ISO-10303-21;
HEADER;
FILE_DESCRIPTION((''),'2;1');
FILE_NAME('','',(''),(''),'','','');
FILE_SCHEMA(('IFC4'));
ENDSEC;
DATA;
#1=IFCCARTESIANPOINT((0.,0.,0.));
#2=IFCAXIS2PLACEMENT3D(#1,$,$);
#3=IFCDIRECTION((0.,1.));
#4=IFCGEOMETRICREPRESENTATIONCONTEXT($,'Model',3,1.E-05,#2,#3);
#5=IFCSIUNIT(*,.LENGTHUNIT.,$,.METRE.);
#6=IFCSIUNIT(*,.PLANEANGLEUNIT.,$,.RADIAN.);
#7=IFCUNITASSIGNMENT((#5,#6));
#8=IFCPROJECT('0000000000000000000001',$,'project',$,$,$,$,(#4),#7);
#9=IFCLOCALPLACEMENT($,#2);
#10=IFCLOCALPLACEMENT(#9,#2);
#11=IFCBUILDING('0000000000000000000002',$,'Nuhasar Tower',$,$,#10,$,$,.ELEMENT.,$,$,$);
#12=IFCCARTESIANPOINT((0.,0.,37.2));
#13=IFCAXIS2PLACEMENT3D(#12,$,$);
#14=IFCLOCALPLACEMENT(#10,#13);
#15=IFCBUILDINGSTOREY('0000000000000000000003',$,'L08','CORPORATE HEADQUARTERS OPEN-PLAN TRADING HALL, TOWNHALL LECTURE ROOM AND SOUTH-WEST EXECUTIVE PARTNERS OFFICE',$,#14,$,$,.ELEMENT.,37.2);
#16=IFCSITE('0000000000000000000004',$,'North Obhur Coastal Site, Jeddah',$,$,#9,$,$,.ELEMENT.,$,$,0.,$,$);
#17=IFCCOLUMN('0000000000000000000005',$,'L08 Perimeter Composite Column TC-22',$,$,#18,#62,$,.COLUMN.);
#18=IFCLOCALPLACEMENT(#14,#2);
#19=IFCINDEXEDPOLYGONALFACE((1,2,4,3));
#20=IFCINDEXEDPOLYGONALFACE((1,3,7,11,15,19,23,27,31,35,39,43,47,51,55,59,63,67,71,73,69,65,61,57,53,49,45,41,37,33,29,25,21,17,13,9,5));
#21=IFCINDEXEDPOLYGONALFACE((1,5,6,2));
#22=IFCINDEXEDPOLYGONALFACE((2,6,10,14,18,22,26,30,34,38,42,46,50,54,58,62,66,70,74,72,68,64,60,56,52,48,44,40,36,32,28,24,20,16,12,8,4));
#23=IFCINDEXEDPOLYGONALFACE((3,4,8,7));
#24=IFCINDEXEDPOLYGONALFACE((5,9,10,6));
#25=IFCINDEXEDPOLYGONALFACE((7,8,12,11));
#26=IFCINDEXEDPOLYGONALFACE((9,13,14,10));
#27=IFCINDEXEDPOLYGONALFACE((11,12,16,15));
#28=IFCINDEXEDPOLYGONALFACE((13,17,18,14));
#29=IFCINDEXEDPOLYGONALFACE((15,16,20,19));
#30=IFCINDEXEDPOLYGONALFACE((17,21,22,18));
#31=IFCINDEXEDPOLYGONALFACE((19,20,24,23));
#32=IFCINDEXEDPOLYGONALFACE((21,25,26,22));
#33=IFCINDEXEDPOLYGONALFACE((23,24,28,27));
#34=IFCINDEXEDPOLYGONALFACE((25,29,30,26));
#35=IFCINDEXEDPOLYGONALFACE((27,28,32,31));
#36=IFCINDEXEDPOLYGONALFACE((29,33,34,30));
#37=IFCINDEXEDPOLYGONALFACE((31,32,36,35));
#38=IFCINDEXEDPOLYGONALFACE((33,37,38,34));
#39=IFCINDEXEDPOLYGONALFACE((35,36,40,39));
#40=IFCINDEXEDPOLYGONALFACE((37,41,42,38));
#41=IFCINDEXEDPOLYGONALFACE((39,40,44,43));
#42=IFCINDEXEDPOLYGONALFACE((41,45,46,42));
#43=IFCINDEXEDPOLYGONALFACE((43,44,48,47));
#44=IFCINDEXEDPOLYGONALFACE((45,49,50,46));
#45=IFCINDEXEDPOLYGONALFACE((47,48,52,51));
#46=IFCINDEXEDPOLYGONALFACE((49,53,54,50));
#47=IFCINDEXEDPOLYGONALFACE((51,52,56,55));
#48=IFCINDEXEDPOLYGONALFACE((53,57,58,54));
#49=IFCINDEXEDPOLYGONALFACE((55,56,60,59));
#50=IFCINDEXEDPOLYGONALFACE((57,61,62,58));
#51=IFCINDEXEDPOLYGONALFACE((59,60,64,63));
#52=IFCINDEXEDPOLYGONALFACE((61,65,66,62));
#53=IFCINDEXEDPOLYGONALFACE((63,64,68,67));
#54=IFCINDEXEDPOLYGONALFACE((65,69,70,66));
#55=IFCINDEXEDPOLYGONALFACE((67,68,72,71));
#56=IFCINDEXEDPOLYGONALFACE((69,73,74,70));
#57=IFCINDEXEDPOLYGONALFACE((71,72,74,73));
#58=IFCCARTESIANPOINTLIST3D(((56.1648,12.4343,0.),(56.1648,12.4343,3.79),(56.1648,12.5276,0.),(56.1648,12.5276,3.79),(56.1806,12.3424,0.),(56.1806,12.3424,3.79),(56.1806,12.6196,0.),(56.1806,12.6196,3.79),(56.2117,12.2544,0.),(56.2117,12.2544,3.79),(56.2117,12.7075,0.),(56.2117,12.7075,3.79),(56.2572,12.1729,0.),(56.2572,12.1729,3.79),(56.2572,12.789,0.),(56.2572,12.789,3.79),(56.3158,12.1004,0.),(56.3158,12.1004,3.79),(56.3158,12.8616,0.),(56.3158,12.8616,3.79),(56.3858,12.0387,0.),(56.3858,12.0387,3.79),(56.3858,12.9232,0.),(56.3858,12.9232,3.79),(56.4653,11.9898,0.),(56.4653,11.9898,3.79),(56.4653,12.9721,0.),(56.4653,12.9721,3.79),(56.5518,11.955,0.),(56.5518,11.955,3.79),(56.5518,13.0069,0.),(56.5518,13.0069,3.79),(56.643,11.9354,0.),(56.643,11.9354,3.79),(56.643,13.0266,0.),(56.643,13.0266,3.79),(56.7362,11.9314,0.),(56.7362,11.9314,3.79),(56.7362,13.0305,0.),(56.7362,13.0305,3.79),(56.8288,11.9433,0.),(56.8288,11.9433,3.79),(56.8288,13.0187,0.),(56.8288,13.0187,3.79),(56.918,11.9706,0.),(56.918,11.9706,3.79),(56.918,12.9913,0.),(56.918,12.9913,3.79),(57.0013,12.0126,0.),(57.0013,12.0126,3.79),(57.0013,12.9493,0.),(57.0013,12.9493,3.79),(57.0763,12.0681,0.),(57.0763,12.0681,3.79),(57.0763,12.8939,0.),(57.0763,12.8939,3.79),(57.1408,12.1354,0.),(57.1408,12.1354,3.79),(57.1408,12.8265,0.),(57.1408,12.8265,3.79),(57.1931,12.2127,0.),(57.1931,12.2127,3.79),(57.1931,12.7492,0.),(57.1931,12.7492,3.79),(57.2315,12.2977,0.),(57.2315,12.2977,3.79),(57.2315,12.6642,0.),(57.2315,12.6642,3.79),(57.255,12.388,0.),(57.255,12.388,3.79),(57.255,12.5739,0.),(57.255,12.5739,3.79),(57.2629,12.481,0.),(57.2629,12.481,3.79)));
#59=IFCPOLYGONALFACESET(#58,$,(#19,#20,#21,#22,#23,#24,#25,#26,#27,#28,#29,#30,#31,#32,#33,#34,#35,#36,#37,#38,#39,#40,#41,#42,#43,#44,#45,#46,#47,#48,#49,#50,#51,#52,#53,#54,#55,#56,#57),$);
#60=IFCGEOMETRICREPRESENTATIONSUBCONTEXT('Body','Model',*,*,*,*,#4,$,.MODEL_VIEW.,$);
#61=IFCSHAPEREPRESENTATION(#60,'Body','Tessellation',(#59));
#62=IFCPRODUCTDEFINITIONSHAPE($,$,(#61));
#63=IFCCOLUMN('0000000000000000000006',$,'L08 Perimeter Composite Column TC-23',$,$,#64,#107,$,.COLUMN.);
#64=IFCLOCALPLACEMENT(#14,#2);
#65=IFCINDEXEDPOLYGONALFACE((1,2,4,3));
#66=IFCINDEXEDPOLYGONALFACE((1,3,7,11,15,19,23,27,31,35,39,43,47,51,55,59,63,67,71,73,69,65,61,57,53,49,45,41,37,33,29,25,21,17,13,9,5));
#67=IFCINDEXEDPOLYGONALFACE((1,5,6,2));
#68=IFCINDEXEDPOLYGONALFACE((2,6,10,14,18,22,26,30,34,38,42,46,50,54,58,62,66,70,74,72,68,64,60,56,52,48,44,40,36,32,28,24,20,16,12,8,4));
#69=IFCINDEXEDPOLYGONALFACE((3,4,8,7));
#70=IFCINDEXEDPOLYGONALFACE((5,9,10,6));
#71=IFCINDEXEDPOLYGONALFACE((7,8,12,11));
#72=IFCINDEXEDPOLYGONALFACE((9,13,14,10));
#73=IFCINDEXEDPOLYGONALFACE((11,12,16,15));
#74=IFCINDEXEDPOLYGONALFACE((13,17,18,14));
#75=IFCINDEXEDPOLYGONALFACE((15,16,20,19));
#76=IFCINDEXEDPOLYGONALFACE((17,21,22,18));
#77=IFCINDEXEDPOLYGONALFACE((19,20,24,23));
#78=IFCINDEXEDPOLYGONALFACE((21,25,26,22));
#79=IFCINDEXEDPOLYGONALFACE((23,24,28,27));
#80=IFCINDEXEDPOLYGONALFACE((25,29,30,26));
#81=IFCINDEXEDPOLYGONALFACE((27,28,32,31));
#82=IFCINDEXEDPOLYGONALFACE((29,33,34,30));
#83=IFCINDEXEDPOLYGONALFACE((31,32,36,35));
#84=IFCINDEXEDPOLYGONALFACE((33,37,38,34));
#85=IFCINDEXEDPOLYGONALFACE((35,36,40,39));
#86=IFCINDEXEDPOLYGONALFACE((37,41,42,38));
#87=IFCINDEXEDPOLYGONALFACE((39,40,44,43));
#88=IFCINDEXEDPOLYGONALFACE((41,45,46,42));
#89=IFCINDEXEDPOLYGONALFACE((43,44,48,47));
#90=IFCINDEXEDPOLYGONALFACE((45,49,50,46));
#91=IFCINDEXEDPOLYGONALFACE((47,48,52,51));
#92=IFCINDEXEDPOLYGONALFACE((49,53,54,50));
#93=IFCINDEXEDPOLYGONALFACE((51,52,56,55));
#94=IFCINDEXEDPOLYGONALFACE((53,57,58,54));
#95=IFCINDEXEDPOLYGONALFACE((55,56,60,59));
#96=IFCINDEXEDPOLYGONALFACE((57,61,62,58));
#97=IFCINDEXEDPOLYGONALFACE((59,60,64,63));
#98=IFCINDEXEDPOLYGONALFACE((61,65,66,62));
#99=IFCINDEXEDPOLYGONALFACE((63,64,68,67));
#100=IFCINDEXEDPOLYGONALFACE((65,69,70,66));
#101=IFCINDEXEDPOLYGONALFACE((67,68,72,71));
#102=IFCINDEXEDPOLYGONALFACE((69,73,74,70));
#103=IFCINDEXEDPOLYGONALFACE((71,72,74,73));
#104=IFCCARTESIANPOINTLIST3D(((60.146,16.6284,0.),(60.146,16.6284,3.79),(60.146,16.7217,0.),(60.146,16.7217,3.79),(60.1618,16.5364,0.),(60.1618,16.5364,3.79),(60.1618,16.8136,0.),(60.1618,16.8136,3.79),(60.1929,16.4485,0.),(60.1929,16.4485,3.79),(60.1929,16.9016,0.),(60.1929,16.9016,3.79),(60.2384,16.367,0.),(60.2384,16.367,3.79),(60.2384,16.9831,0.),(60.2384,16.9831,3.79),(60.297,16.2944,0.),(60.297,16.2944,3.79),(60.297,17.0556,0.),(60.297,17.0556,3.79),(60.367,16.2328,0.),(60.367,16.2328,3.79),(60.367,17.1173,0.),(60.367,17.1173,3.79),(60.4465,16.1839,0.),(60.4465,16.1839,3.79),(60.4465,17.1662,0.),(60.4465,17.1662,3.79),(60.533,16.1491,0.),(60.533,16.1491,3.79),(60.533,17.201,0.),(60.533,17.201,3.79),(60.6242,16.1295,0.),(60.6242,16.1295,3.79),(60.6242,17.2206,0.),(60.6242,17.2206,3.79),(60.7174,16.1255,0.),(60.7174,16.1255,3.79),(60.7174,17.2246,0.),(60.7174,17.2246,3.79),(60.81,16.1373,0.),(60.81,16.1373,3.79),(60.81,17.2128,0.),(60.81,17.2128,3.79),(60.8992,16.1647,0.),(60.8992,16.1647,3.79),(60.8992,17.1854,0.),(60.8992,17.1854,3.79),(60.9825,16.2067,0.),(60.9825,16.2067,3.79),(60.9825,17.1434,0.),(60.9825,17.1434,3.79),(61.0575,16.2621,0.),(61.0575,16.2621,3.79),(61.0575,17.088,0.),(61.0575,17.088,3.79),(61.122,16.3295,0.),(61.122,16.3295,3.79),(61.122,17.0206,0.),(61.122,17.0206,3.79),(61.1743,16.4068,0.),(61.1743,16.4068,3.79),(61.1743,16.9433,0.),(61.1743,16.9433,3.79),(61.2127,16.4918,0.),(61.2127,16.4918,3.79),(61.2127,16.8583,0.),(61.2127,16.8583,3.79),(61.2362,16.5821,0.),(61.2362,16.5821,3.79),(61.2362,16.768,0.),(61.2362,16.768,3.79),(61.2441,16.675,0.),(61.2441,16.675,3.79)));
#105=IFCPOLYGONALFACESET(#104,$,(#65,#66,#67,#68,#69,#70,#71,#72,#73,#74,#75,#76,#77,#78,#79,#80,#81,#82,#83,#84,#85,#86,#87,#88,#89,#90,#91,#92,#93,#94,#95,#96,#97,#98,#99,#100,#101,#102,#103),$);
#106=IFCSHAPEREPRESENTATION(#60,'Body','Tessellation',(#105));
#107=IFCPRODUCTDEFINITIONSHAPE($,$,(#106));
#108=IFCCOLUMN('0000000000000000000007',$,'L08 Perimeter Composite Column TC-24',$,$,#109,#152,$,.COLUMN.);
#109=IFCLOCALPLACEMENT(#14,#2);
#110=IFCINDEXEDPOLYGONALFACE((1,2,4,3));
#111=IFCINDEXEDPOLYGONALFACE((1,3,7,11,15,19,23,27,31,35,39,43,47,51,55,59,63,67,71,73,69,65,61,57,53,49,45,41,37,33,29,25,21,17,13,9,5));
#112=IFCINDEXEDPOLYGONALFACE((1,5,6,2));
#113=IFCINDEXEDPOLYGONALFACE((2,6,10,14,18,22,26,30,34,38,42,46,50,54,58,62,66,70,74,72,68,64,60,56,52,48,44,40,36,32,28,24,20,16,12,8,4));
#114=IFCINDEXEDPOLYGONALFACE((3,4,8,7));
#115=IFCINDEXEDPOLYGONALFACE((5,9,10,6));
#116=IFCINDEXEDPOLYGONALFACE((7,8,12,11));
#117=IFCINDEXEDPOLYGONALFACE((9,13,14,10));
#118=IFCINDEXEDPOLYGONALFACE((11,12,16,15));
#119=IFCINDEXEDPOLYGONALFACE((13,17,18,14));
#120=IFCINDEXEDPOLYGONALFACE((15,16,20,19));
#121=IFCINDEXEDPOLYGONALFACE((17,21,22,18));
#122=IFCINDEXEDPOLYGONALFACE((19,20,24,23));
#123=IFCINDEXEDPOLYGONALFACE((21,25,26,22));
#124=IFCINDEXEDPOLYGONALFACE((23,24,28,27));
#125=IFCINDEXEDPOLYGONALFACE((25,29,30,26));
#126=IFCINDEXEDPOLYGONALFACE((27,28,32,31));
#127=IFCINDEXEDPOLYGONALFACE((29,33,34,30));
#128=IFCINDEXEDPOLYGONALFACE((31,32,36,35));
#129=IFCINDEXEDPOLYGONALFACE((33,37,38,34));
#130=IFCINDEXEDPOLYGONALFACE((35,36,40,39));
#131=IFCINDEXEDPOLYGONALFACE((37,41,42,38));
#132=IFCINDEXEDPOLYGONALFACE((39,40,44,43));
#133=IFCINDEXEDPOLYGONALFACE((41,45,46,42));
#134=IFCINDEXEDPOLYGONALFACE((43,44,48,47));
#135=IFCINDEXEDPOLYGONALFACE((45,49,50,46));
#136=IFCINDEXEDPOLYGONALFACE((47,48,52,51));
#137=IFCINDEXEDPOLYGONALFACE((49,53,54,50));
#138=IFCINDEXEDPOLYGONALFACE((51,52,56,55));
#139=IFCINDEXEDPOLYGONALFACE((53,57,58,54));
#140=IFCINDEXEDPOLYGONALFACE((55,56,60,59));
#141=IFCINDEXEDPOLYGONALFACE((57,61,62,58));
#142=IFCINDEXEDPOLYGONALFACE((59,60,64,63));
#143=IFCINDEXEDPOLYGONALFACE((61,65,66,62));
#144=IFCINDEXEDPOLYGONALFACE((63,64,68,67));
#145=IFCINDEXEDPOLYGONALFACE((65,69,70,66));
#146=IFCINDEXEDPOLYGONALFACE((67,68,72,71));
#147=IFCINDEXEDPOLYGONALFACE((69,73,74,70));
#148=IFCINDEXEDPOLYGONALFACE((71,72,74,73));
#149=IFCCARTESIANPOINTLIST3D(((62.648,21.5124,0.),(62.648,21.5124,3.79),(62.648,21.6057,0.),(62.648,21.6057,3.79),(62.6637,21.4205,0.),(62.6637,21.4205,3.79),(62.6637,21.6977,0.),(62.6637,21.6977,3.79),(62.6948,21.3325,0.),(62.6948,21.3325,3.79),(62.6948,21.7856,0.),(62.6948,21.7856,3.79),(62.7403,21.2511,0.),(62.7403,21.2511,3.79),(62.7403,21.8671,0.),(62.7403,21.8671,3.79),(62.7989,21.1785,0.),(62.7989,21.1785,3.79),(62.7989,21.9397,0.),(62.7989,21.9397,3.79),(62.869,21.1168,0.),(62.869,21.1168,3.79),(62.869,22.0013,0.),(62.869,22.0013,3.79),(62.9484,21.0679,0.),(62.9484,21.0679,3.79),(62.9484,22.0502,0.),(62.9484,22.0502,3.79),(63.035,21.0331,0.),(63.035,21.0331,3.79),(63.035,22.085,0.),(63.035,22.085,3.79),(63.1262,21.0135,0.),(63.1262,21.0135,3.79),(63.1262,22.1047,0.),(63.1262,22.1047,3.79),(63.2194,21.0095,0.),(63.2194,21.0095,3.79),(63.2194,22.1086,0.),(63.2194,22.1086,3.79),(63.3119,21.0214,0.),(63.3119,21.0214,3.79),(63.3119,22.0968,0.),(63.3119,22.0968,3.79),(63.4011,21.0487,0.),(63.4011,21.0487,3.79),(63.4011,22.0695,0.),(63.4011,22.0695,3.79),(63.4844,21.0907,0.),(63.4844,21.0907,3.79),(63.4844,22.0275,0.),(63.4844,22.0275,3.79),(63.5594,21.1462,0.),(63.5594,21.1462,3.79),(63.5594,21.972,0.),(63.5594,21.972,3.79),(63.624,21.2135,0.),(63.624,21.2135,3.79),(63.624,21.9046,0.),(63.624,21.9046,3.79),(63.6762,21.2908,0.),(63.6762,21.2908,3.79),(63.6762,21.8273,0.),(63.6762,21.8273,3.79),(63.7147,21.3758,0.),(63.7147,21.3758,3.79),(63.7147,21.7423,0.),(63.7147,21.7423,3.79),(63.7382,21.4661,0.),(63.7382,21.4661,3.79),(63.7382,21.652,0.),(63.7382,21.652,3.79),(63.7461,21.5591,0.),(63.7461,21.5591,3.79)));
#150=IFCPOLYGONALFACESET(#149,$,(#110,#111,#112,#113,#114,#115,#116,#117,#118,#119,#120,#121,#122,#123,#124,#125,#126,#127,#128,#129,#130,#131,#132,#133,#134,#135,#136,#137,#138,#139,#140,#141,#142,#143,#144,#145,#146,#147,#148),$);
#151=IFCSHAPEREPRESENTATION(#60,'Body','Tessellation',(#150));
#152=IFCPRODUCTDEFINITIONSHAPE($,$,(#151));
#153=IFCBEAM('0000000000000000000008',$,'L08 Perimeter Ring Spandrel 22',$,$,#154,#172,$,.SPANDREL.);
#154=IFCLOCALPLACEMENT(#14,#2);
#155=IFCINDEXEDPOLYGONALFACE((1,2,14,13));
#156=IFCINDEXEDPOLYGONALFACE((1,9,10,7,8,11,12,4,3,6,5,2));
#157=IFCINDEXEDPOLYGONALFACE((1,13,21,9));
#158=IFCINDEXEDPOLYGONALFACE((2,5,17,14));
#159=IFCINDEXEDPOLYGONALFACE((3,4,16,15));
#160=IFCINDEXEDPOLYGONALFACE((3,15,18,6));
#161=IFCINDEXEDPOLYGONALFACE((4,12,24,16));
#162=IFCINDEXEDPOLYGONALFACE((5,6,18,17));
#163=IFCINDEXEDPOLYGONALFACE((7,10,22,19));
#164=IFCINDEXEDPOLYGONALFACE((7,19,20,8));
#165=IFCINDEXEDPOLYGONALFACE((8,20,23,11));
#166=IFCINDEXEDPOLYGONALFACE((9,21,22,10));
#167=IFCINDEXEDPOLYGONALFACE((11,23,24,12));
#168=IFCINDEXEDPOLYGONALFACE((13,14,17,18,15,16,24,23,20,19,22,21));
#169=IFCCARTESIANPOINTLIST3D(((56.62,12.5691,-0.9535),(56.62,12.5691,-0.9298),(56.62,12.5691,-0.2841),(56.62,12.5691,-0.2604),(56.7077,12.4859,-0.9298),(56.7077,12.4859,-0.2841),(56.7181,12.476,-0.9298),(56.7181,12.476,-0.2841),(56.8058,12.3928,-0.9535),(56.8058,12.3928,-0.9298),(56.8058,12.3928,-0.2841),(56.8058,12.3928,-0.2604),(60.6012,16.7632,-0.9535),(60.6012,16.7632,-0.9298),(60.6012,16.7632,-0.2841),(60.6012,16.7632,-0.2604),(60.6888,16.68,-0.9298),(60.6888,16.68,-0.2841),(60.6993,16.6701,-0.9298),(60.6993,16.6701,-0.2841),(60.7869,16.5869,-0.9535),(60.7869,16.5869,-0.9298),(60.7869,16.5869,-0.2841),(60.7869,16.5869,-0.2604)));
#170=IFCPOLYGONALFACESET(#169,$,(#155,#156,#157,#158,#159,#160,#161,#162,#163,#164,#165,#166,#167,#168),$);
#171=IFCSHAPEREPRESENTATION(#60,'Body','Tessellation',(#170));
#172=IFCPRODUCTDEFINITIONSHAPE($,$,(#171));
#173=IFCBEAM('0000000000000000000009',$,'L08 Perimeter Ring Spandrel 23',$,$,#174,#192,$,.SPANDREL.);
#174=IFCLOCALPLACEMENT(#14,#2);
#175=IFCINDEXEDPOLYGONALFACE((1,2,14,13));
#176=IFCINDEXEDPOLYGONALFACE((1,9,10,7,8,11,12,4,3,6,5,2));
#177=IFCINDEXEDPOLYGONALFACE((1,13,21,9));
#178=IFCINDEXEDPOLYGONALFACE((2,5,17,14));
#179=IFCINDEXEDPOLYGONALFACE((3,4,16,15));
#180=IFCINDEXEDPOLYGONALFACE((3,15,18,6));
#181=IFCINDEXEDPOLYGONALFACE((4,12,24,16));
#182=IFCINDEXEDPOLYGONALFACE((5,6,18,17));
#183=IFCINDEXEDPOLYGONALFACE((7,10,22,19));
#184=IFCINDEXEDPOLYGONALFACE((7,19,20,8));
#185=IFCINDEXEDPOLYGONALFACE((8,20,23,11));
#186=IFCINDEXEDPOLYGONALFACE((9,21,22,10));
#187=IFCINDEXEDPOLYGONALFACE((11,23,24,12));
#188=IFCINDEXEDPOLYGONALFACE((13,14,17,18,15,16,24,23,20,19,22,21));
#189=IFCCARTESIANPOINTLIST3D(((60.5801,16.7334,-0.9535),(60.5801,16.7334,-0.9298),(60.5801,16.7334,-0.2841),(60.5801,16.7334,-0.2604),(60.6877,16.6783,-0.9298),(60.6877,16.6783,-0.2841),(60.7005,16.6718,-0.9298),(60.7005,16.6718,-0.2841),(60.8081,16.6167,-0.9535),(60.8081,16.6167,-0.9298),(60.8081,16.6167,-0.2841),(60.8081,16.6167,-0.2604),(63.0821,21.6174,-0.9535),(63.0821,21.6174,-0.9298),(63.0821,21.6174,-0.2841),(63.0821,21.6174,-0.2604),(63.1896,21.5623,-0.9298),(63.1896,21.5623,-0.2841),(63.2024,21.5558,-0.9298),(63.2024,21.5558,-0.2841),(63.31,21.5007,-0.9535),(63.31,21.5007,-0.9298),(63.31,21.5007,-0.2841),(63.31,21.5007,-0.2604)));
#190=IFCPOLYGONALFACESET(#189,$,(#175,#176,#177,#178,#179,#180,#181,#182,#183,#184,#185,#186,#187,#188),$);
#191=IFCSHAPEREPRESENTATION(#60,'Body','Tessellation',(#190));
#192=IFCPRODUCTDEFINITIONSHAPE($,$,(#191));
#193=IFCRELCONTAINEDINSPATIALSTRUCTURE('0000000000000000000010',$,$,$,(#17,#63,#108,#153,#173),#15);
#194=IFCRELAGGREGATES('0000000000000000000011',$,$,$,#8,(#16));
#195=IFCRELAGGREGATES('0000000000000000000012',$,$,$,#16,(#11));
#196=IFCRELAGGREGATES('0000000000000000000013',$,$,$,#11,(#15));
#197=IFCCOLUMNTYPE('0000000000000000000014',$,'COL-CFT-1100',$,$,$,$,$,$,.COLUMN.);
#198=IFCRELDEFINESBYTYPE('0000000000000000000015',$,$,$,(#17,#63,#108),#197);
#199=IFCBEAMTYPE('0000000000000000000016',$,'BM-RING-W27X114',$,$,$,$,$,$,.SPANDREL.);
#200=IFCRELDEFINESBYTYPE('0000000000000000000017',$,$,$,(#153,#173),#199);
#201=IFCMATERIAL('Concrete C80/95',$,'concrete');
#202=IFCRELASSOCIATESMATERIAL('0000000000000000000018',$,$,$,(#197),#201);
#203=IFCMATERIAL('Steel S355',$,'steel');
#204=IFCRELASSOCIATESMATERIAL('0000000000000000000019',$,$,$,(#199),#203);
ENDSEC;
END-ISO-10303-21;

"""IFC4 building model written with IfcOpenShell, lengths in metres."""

from ifc_helpers import new_model, si_unit, direction, frame, origin, origin_2d, place, context, subcontext, project, spatial, circle, i_section, extrude, material, material_profile, profile_set, type_object, element, save


model = new_model("IFC4")

# Units and contexts
model_context = context("Model", 3, precision=1e-05, world=origin(), true_north=direction((0.0, 1.0)))
body_context = subcontext(model_context, "Body", "Model", "MODEL_VIEW")
ifc_project = project(units=[si_unit("LENGTHUNIT", "METRE"), si_unit("PLANEANGLEUNIT", "RADIAN")], contexts=[model_context])

# Site, building, storey
site_placement = place(None, origin())
site = spatial("IfcSite", under=ifc_project, at=site_placement, Name="North Obhur Coastal Site, Jeddah", CompositionType="ELEMENT", RefElevation=0.0)
building_placement = place(site_placement, origin())
building = spatial("IfcBuilding", under=site, at=building_placement, Name="Nuhasar Tower", CompositionType="ELEMENT")
storey_placement = place(building_placement, frame((0.0, 0.0, 37.2)))
storey = spatial("IfcBuildingStorey", under=building, at=storey_placement, Name="L08", Description="CORPORATE HEADQUARTERS OPEN-PLAN TRADING HALL, TOWNHALL LECTURE ROOM AND SOUTH-WEST EXECUTIVE PARTNERS OFFICE", CompositionType="ELEMENT", Elevation=37.2)

# Columns
ifc_material_1 = material(Name="Concrete C80/95", Category="concrete")
ifc_material_profile_1 = material_profile(ifc_material_1, circle(Radius=0.55, at=origin_2d()), Name="CFT1100")
ifc_profile_set_1 = profile_set([ifc_material_profile_1], Name="Concrete C80/95")
column_type = type_object("IfcColumnType", Name="COL-CFT-1100", PredefinedType="COLUMN", material=ifc_profile_set_1)
for number, where, z_axis, x_axis, name in (
    (1, (56.7129, 12.481, 0.0), (0.0, 0.0, 1.0), (1.0, 0.0, 0.0), "L08 Perimeter Composite Column TC-22"),
    (2, (60.6941, 16.675, 0.0), (0.0, 0.0, 1.0), (1.0, 0.0, 0.0), "L08 Perimeter Composite Column TC-23"),
    (3, (63.196, 21.5591, 0.0), (0.0, 0.0, 1.0), (1.0, 0.0, 0.0), "L08 Perimeter Composite Column TC-24"),
):
    element("IfcColumn", number, at=place(storey_placement, frame(where, z_axis=z_axis, x_axis=x_axis)), inside=storey, type_object=column_type, Name=name, PredefinedType="COLUMN", context=body_context, shape_type="SweptSolid", body=[
        extrude(circle(Radius=0.55, at=origin_2d()), origin(), (0.0, 0.0, 1.0), 3.79),
    ])

# Beams
ifc_material_2 = material(Name="Steel S355", Category="steel")
ifc_material_profile_2 = material_profile(ifc_material_2, i_section(OverallWidth=0.2561, OverallDepth=0.6931, WebThickness=0.0144, FlangeThickness=0.0237, at=origin_2d()), Name="W27X114")
ifc_profile_set_2 = profile_set([ifc_material_profile_2], Name="Steel S355")
beam_type_1 = type_object("IfcBeamType", Name="BM-RING-W27X114", PredefinedType="SPANDREL", material=ifc_profile_set_2)
beam_1_placement = place(storey_placement, frame((56.7129, 12.481, -0.6069), z_axis=(0.68846, 0.725274, 0.0), x_axis=(-0.725274, 0.68846, 0.0)))
element("IfcBeam", 4, at=beam_1_placement, inside=storey, type_object=beam_type_1, Name="L08 Perimeter Ring Spandrel 22", PredefinedType="SPANDREL", context=body_context, shape_type="SweptSolid", body=[
    extrude(i_section(OverallWidth=0.2561, OverallDepth=0.6931, WebThickness=0.0144, FlangeThickness=0.0237, at=origin_2d()), origin(), (0.0, 0.0, 1.0), 5.7827),
])
beam_2_placement = place(storey_placement, frame((60.6941, 16.675, -0.6069), z_axis=(0.45593, 0.890016, 0.0), x_axis=(-0.890016, 0.45593, 0.0)))
element("IfcBeam", 5, at=beam_2_placement, inside=storey, type_object=beam_type_1, Name="L08 Perimeter Ring Spandrel 23", PredefinedType="SPANDREL", context=body_context, shape_type="SweptSolid", body=[
    extrude(i_section(OverallWidth=0.2561, OverallDepth=0.6931, WebThickness=0.0144, FlangeThickness=0.0237, at=origin_2d()), origin(), (0.0, 0.0, 1.0), 5.4875),
])

save(model, "model.ifc")
